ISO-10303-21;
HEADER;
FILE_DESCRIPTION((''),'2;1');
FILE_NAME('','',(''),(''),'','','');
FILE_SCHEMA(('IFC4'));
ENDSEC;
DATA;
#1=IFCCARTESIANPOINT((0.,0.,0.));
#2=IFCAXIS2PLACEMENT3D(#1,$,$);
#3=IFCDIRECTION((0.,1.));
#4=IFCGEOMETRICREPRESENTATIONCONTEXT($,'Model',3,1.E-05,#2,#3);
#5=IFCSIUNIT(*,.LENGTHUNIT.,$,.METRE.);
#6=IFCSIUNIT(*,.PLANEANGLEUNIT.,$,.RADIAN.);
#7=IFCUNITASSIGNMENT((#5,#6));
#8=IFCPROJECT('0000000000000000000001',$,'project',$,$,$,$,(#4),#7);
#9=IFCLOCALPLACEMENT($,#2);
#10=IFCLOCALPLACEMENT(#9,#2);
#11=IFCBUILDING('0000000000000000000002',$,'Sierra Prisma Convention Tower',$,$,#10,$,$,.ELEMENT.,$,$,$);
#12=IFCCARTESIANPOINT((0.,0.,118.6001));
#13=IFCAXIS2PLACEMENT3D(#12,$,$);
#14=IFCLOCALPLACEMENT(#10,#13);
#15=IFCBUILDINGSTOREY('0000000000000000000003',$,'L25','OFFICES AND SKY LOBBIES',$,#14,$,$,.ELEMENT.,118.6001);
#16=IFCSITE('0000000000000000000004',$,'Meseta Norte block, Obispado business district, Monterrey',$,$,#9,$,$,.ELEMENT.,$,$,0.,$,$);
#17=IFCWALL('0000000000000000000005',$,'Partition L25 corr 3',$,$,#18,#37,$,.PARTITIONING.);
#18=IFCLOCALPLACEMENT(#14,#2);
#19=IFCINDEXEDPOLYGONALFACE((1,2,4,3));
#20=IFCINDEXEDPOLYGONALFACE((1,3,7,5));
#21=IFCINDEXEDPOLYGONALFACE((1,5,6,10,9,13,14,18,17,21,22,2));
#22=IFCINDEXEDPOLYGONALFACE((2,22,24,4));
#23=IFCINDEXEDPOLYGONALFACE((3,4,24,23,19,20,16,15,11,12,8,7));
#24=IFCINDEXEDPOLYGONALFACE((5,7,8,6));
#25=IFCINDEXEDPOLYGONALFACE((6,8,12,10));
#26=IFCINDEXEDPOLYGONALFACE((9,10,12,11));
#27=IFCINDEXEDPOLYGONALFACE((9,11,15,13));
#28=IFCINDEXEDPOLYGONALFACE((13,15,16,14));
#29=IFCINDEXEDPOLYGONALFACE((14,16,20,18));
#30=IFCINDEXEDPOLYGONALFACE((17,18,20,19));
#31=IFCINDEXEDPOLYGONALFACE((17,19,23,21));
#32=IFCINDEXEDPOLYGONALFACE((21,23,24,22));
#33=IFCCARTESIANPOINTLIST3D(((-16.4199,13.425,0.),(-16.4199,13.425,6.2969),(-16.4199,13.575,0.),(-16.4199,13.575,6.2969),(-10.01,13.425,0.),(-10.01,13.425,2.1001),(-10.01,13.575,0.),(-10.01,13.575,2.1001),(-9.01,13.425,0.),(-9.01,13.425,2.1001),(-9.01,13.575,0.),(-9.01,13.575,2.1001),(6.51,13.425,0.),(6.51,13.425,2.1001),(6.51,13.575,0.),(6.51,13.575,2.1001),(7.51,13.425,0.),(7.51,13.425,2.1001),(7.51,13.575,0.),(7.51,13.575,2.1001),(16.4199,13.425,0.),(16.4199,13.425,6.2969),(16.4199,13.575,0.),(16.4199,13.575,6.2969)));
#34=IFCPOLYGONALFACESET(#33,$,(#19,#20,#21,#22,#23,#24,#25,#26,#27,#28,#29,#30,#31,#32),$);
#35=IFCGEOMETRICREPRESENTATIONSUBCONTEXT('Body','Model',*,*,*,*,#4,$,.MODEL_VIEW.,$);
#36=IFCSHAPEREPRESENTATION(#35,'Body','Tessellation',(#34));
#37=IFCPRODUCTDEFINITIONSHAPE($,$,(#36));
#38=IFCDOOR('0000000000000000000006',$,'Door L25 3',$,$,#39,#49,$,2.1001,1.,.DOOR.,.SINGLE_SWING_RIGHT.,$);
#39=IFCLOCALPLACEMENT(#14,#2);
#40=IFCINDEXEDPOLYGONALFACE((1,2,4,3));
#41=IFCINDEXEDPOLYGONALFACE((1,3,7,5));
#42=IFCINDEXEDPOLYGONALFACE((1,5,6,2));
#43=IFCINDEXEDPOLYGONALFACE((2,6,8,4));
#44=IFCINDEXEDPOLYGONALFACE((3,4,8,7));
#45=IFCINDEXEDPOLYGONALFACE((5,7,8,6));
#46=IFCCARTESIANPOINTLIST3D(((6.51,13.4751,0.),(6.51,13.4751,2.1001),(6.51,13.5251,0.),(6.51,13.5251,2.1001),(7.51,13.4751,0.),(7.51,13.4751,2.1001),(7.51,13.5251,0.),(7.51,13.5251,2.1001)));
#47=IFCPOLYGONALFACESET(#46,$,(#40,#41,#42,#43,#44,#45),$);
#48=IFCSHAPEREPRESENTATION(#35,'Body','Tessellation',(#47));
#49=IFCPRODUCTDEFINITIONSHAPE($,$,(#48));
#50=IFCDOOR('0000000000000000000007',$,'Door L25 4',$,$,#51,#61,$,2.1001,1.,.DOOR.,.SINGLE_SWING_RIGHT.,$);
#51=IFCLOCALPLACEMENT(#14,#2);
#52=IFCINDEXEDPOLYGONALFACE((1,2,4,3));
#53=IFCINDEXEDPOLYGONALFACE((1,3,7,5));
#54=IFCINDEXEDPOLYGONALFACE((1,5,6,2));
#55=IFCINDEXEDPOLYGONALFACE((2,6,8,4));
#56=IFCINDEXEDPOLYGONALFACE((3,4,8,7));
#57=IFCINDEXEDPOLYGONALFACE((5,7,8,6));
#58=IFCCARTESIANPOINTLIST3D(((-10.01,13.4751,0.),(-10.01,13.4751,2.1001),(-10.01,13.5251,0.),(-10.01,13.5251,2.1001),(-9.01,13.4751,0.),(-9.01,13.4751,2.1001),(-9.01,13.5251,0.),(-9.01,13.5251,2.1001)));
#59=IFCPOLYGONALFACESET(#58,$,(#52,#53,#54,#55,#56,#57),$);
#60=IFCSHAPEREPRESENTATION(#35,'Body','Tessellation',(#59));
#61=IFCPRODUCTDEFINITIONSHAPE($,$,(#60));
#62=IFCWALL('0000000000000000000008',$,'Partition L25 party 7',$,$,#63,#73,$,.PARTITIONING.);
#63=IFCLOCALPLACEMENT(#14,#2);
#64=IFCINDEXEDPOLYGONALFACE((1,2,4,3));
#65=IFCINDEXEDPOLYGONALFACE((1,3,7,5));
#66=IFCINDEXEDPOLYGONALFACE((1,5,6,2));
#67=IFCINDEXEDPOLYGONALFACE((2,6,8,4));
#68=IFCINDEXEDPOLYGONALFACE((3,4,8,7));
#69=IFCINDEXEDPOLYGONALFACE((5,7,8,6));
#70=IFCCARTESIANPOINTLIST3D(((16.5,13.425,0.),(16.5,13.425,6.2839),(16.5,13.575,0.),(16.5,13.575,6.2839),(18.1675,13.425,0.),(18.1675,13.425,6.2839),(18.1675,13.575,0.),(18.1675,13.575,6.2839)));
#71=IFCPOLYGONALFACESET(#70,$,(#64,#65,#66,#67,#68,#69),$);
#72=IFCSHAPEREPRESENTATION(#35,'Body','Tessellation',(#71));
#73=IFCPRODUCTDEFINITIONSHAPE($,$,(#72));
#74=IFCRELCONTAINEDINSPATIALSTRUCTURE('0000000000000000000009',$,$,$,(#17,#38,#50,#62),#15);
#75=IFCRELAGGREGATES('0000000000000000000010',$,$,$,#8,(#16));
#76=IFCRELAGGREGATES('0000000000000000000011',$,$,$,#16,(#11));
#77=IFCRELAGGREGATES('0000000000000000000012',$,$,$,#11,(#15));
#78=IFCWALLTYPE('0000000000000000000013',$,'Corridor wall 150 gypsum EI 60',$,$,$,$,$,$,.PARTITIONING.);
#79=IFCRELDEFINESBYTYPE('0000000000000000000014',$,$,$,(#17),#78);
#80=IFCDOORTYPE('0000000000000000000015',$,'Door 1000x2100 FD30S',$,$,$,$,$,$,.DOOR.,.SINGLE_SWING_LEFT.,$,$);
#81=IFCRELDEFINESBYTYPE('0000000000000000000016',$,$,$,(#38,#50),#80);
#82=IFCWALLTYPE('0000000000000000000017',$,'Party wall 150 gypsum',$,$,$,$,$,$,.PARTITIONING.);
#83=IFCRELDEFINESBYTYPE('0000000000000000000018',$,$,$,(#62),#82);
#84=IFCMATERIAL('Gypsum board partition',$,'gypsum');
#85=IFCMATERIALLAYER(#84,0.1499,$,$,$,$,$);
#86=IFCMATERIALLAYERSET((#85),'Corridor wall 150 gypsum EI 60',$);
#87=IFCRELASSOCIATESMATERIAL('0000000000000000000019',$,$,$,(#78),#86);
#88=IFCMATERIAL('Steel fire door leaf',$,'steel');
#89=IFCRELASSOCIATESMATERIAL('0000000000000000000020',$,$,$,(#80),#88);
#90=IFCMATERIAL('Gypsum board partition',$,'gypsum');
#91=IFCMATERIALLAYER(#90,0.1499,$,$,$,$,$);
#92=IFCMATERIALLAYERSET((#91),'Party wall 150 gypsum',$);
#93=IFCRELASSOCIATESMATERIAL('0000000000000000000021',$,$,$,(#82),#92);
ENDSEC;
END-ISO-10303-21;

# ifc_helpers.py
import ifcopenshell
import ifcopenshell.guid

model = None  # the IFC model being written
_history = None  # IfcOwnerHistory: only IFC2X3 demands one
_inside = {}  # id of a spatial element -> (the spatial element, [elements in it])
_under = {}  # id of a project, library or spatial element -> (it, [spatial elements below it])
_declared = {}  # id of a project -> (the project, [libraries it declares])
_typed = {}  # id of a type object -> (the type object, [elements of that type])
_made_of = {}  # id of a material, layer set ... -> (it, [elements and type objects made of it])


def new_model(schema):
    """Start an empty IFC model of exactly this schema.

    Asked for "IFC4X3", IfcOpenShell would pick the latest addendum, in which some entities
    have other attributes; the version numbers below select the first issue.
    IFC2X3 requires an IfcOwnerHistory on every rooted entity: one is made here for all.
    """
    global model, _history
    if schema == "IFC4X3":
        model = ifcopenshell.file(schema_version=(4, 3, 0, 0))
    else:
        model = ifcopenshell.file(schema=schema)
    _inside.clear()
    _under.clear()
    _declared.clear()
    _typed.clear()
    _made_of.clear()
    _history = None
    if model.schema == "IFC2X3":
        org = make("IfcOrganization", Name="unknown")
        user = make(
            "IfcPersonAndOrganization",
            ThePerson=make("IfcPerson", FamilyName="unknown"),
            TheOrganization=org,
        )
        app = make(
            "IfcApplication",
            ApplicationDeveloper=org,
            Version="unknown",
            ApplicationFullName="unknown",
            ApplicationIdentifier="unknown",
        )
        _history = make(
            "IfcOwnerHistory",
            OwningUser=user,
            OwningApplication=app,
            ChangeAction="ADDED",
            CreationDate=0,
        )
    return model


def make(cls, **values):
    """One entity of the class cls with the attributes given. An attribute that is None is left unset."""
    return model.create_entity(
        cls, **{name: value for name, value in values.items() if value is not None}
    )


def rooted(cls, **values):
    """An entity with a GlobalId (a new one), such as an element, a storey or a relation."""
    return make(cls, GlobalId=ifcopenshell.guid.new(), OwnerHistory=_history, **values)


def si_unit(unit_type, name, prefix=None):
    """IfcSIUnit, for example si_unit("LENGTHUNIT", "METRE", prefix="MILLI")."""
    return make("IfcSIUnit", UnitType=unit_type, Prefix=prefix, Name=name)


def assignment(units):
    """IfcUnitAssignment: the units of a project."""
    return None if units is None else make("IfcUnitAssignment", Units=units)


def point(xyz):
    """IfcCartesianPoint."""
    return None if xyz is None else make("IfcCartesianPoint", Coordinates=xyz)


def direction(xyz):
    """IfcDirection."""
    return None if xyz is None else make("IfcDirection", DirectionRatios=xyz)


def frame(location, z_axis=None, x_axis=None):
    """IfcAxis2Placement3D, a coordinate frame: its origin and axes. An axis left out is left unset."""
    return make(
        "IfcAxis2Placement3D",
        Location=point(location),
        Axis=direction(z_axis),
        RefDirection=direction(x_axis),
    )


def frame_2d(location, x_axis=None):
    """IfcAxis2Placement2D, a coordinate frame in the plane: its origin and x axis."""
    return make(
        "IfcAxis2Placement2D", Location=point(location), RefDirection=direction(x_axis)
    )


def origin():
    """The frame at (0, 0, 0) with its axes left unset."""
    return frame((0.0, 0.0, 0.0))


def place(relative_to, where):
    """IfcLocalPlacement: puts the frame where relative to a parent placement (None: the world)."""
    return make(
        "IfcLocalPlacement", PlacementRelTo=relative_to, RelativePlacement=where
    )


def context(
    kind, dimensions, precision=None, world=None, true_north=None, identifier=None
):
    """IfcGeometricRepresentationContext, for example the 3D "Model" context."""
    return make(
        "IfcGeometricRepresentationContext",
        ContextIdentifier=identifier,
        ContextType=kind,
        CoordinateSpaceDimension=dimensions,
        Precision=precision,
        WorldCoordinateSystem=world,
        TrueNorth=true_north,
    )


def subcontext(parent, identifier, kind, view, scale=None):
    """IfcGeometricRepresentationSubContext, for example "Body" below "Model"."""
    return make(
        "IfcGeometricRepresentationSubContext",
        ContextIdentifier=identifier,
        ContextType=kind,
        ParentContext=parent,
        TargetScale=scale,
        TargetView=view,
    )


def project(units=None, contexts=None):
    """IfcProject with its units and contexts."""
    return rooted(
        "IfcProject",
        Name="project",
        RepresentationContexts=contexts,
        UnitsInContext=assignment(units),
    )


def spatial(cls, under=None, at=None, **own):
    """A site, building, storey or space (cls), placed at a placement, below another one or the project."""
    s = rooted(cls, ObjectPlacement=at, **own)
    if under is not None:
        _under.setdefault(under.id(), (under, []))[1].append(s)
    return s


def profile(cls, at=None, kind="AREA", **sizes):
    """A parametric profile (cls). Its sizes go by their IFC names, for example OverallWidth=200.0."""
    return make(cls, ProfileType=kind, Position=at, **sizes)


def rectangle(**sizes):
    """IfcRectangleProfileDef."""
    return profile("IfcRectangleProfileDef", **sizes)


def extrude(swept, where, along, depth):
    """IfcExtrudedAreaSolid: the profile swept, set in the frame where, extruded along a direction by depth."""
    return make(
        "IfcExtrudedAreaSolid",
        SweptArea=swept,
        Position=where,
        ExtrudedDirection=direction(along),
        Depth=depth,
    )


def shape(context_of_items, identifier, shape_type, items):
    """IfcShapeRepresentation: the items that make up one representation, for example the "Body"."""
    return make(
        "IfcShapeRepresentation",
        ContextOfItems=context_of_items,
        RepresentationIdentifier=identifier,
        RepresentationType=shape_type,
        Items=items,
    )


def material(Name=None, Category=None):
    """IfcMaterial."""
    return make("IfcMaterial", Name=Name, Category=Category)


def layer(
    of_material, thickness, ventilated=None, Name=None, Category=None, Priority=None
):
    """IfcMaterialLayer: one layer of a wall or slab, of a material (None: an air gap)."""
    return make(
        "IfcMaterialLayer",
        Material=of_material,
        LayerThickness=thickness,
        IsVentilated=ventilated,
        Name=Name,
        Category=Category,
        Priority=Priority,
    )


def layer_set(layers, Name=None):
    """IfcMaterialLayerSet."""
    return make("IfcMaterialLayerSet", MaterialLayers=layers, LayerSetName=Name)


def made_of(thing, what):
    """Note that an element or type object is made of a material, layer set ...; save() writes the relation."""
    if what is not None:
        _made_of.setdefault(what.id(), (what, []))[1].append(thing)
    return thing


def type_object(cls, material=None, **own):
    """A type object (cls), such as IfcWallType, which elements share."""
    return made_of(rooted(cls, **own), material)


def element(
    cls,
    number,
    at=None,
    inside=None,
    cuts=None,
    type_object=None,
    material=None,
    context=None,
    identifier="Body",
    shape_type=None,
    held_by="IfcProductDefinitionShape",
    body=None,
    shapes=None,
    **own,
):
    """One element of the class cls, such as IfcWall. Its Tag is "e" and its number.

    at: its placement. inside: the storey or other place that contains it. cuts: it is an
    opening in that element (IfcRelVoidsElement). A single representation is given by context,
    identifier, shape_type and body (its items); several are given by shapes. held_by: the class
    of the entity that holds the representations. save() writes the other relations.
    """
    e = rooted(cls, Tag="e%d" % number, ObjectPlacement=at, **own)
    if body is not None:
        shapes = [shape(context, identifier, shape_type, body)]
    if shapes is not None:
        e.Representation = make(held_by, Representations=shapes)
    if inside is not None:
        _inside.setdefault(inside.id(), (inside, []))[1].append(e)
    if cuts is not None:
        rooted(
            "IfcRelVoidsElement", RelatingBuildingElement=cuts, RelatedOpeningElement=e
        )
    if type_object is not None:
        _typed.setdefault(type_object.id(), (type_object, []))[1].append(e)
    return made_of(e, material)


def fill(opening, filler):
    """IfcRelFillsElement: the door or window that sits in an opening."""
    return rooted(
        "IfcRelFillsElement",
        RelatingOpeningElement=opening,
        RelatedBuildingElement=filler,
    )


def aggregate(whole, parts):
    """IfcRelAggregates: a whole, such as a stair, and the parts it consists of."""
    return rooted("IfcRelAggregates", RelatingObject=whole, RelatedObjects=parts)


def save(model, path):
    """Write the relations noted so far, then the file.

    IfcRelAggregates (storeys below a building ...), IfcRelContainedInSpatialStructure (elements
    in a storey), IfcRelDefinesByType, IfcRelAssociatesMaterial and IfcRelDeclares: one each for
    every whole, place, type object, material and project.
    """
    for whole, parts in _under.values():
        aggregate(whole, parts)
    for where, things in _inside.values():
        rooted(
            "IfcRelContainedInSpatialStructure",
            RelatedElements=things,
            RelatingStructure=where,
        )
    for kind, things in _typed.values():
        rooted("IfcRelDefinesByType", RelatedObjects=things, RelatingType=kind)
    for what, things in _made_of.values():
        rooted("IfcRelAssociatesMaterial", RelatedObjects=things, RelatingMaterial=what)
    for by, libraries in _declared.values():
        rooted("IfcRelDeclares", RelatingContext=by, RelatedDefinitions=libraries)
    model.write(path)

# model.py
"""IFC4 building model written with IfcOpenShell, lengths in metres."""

from ifc_helpers import new_model, si_unit, direction, frame, frame_2d, origin, place, context, subcontext, project, spatial, rectangle, extrude, material, layer, layer_set, type_object, element, fill, save


model = new_model("IFC4")

# Units and contexts
model_context = context("Model", 3, precision=1e-05, world=origin(), true_north=direction((0.0, 1.0)))
body_context = subcontext(model_context, "Body", "Model", "MODEL_VIEW")
ifc_project = project(units=[si_unit("LENGTHUNIT", "METRE"), si_unit("PLANEANGLEUNIT", "RADIAN")], contexts=[model_context])

# Site, building, storey
site_placement = place(None, origin())
site = spatial("IfcSite", under=ifc_project, at=site_placement, Name="Meseta Norte block, Obispado business district, Monterrey", CompositionType="ELEMENT", RefElevation=0.0)
building_placement = place(site_placement, origin())
building = spatial("IfcBuilding", under=site, at=building_placement, Name="Sierra Prisma Convention Tower", CompositionType="ELEMENT")
storey_placement = place(building_placement, frame((0.0, 0.0, 118.6001)))
storey = spatial("IfcBuildingStorey", under=building, at=storey_placement, Name="L25", Description="OFFICES AND SKY LOBBIES", CompositionType="ELEMENT", Elevation=118.6001)

# Wall, openings, doors
ifc_material_1 = material(Name="Gypsum board partition", Category="gypsum")
ifc_layer_1 = layer(ifc_material_1, 0.1499)
ifc_layer_set_1 = layer_set([ifc_layer_1], Name="Corridor wall 150 gypsum EI 60")
wall_type_1 = type_object("IfcWallType", Name="Corridor wall 150 gypsum EI 60", PredefinedType="PARTITIONING", material=ifc_layer_set_1)
wall_1_placement = place(storey_placement, frame((16.4199, 13.5, 0.0), z_axis=(0.0, 0.0, 1.0), x_axis=(-1.0, 0.0, 0.0)))
wall_1 = element("IfcWall", 1, at=wall_1_placement, inside=storey, type_object=wall_type_1, Name="Partition L25 corr 3", PredefinedType="PARTITIONING", context=body_context, shape_type="SweptSolid", body=[
    extrude(rectangle(XDim=32.8398, YDim=0.1499, at=frame_2d((16.4199, 0.0))), origin(), (0.0, 0.0, 1.0), 6.2969),
])
opening_1_placement = place(wall_1_placement, frame((8.9099, 0.0, 0.0)))
opening_1 = element("IfcOpeningElement", 2, at=opening_1_placement, cuts=wall_1, PredefinedType="OPENING", context=body_context, shape_type="SweptSolid", body=[
    extrude(rectangle(XDim=1.0, YDim=2.1001, at=frame_2d((0.5, 1.05))), frame((0.0, 0.075, 0.0), z_axis=(0.0, -1.0, 0.0), x_axis=(1.0, 0.0, 0.0)), (0.0, 0.0, 1.0), 0.1499),
])
opening_2_placement = place(wall_1_placement, frame((25.4299, 0.0, 0.0)))
opening_2 = element("IfcOpeningElement", 3, at=opening_2_placement, cuts=wall_1, PredefinedType="OPENING", context=body_context, shape_type="SweptSolid", body=[
    extrude(rectangle(XDim=1.0, YDim=2.1001, at=frame_2d((0.5, 1.05))), frame((0.0, 0.075, 0.0), z_axis=(0.0, -1.0, 0.0), x_axis=(1.0, 0.0, 0.0)), (0.0, 0.0, 1.0), 0.1499),
])
ifc_material_2 = material(Name="Steel fire door leaf", Category="steel")
door_type_1 = type_object("IfcDoorType", Name="Door 1000x2100 FD30S", OperationType="SINGLE_SWING_LEFT", PredefinedType="DOOR", material=ifc_material_2)
door_1_placement = place(opening_1_placement, origin())
door_1 = element("IfcDoor", 4, at=door_1_placement, inside=storey, type_object=door_type_1, Name="Door L25 3", OperationType="SINGLE_SWING_RIGHT", OverallHeight=2.1001, OverallWidth=1.0, PredefinedType="DOOR", context=body_context, shape_type="SweptSolid", body=[
    extrude(rectangle(XDim=1.0, YDim=2.1001, at=frame_2d((0.5, 1.05))), frame((0.0, 0.0249, 0.0), z_axis=(0.0, -1.0, 0.0), x_axis=(1.0, 0.0, 0.0)), (0.0, 0.0, 1.0), 0.05),
])
fill(opening_1, door_1)
door_2_placement = place(opening_2_placement, origin())
door_2 = element("IfcDoor", 5, at=door_2_placement, inside=storey, type_object=door_type_1, Name="Door L25 4", OperationType="SINGLE_SWING_RIGHT", OverallHeight=2.1001, OverallWidth=1.0, PredefinedType="DOOR", context=body_context, shape_type="SweptSolid", body=[
    extrude(rectangle(XDim=1.0, YDim=2.1001, at=frame_2d((0.5, 1.05))), frame((0.0, 0.0249, 0.0), z_axis=(0.0, -1.0, 0.0), x_axis=(1.0, 0.0, 0.0)), (0.0, 0.0, 1.0), 0.05),
])
fill(opening_2, door_2)

# Wall
ifc_material_3 = material(Name="Gypsum board partition", Category="gypsum")
ifc_layer_2 = layer(ifc_material_3, 0.1499)
ifc_layer_set_2 = layer_set([ifc_layer_2], Name="Party wall 150 gypsum")
wall_type_2 = type_object("IfcWallType", Name="Party wall 150 gypsum", PredefinedType="PARTITIONING", material=ifc_layer_set_2)
wall_2_placement = place(storey_placement, frame((16.5, 13.5, 0.0), z_axis=(0.0, 0.0, 1.0), x_axis=(1.0, 0.0, 0.0)))
element("IfcWall", 6, at=wall_2_placement, inside=storey, type_object=wall_type_2, Name="Partition L25 party 7", PredefinedType="PARTITIONING", context=body_context, shape_type="SweptSolid", body=[
    extrude(rectangle(XDim=1.6675, YDim=0.1499, at=frame_2d((0.8337, 0.0))), origin(), (0.0, 0.0, 1.0), 6.2839),
])

save(model, "model.ifc")
